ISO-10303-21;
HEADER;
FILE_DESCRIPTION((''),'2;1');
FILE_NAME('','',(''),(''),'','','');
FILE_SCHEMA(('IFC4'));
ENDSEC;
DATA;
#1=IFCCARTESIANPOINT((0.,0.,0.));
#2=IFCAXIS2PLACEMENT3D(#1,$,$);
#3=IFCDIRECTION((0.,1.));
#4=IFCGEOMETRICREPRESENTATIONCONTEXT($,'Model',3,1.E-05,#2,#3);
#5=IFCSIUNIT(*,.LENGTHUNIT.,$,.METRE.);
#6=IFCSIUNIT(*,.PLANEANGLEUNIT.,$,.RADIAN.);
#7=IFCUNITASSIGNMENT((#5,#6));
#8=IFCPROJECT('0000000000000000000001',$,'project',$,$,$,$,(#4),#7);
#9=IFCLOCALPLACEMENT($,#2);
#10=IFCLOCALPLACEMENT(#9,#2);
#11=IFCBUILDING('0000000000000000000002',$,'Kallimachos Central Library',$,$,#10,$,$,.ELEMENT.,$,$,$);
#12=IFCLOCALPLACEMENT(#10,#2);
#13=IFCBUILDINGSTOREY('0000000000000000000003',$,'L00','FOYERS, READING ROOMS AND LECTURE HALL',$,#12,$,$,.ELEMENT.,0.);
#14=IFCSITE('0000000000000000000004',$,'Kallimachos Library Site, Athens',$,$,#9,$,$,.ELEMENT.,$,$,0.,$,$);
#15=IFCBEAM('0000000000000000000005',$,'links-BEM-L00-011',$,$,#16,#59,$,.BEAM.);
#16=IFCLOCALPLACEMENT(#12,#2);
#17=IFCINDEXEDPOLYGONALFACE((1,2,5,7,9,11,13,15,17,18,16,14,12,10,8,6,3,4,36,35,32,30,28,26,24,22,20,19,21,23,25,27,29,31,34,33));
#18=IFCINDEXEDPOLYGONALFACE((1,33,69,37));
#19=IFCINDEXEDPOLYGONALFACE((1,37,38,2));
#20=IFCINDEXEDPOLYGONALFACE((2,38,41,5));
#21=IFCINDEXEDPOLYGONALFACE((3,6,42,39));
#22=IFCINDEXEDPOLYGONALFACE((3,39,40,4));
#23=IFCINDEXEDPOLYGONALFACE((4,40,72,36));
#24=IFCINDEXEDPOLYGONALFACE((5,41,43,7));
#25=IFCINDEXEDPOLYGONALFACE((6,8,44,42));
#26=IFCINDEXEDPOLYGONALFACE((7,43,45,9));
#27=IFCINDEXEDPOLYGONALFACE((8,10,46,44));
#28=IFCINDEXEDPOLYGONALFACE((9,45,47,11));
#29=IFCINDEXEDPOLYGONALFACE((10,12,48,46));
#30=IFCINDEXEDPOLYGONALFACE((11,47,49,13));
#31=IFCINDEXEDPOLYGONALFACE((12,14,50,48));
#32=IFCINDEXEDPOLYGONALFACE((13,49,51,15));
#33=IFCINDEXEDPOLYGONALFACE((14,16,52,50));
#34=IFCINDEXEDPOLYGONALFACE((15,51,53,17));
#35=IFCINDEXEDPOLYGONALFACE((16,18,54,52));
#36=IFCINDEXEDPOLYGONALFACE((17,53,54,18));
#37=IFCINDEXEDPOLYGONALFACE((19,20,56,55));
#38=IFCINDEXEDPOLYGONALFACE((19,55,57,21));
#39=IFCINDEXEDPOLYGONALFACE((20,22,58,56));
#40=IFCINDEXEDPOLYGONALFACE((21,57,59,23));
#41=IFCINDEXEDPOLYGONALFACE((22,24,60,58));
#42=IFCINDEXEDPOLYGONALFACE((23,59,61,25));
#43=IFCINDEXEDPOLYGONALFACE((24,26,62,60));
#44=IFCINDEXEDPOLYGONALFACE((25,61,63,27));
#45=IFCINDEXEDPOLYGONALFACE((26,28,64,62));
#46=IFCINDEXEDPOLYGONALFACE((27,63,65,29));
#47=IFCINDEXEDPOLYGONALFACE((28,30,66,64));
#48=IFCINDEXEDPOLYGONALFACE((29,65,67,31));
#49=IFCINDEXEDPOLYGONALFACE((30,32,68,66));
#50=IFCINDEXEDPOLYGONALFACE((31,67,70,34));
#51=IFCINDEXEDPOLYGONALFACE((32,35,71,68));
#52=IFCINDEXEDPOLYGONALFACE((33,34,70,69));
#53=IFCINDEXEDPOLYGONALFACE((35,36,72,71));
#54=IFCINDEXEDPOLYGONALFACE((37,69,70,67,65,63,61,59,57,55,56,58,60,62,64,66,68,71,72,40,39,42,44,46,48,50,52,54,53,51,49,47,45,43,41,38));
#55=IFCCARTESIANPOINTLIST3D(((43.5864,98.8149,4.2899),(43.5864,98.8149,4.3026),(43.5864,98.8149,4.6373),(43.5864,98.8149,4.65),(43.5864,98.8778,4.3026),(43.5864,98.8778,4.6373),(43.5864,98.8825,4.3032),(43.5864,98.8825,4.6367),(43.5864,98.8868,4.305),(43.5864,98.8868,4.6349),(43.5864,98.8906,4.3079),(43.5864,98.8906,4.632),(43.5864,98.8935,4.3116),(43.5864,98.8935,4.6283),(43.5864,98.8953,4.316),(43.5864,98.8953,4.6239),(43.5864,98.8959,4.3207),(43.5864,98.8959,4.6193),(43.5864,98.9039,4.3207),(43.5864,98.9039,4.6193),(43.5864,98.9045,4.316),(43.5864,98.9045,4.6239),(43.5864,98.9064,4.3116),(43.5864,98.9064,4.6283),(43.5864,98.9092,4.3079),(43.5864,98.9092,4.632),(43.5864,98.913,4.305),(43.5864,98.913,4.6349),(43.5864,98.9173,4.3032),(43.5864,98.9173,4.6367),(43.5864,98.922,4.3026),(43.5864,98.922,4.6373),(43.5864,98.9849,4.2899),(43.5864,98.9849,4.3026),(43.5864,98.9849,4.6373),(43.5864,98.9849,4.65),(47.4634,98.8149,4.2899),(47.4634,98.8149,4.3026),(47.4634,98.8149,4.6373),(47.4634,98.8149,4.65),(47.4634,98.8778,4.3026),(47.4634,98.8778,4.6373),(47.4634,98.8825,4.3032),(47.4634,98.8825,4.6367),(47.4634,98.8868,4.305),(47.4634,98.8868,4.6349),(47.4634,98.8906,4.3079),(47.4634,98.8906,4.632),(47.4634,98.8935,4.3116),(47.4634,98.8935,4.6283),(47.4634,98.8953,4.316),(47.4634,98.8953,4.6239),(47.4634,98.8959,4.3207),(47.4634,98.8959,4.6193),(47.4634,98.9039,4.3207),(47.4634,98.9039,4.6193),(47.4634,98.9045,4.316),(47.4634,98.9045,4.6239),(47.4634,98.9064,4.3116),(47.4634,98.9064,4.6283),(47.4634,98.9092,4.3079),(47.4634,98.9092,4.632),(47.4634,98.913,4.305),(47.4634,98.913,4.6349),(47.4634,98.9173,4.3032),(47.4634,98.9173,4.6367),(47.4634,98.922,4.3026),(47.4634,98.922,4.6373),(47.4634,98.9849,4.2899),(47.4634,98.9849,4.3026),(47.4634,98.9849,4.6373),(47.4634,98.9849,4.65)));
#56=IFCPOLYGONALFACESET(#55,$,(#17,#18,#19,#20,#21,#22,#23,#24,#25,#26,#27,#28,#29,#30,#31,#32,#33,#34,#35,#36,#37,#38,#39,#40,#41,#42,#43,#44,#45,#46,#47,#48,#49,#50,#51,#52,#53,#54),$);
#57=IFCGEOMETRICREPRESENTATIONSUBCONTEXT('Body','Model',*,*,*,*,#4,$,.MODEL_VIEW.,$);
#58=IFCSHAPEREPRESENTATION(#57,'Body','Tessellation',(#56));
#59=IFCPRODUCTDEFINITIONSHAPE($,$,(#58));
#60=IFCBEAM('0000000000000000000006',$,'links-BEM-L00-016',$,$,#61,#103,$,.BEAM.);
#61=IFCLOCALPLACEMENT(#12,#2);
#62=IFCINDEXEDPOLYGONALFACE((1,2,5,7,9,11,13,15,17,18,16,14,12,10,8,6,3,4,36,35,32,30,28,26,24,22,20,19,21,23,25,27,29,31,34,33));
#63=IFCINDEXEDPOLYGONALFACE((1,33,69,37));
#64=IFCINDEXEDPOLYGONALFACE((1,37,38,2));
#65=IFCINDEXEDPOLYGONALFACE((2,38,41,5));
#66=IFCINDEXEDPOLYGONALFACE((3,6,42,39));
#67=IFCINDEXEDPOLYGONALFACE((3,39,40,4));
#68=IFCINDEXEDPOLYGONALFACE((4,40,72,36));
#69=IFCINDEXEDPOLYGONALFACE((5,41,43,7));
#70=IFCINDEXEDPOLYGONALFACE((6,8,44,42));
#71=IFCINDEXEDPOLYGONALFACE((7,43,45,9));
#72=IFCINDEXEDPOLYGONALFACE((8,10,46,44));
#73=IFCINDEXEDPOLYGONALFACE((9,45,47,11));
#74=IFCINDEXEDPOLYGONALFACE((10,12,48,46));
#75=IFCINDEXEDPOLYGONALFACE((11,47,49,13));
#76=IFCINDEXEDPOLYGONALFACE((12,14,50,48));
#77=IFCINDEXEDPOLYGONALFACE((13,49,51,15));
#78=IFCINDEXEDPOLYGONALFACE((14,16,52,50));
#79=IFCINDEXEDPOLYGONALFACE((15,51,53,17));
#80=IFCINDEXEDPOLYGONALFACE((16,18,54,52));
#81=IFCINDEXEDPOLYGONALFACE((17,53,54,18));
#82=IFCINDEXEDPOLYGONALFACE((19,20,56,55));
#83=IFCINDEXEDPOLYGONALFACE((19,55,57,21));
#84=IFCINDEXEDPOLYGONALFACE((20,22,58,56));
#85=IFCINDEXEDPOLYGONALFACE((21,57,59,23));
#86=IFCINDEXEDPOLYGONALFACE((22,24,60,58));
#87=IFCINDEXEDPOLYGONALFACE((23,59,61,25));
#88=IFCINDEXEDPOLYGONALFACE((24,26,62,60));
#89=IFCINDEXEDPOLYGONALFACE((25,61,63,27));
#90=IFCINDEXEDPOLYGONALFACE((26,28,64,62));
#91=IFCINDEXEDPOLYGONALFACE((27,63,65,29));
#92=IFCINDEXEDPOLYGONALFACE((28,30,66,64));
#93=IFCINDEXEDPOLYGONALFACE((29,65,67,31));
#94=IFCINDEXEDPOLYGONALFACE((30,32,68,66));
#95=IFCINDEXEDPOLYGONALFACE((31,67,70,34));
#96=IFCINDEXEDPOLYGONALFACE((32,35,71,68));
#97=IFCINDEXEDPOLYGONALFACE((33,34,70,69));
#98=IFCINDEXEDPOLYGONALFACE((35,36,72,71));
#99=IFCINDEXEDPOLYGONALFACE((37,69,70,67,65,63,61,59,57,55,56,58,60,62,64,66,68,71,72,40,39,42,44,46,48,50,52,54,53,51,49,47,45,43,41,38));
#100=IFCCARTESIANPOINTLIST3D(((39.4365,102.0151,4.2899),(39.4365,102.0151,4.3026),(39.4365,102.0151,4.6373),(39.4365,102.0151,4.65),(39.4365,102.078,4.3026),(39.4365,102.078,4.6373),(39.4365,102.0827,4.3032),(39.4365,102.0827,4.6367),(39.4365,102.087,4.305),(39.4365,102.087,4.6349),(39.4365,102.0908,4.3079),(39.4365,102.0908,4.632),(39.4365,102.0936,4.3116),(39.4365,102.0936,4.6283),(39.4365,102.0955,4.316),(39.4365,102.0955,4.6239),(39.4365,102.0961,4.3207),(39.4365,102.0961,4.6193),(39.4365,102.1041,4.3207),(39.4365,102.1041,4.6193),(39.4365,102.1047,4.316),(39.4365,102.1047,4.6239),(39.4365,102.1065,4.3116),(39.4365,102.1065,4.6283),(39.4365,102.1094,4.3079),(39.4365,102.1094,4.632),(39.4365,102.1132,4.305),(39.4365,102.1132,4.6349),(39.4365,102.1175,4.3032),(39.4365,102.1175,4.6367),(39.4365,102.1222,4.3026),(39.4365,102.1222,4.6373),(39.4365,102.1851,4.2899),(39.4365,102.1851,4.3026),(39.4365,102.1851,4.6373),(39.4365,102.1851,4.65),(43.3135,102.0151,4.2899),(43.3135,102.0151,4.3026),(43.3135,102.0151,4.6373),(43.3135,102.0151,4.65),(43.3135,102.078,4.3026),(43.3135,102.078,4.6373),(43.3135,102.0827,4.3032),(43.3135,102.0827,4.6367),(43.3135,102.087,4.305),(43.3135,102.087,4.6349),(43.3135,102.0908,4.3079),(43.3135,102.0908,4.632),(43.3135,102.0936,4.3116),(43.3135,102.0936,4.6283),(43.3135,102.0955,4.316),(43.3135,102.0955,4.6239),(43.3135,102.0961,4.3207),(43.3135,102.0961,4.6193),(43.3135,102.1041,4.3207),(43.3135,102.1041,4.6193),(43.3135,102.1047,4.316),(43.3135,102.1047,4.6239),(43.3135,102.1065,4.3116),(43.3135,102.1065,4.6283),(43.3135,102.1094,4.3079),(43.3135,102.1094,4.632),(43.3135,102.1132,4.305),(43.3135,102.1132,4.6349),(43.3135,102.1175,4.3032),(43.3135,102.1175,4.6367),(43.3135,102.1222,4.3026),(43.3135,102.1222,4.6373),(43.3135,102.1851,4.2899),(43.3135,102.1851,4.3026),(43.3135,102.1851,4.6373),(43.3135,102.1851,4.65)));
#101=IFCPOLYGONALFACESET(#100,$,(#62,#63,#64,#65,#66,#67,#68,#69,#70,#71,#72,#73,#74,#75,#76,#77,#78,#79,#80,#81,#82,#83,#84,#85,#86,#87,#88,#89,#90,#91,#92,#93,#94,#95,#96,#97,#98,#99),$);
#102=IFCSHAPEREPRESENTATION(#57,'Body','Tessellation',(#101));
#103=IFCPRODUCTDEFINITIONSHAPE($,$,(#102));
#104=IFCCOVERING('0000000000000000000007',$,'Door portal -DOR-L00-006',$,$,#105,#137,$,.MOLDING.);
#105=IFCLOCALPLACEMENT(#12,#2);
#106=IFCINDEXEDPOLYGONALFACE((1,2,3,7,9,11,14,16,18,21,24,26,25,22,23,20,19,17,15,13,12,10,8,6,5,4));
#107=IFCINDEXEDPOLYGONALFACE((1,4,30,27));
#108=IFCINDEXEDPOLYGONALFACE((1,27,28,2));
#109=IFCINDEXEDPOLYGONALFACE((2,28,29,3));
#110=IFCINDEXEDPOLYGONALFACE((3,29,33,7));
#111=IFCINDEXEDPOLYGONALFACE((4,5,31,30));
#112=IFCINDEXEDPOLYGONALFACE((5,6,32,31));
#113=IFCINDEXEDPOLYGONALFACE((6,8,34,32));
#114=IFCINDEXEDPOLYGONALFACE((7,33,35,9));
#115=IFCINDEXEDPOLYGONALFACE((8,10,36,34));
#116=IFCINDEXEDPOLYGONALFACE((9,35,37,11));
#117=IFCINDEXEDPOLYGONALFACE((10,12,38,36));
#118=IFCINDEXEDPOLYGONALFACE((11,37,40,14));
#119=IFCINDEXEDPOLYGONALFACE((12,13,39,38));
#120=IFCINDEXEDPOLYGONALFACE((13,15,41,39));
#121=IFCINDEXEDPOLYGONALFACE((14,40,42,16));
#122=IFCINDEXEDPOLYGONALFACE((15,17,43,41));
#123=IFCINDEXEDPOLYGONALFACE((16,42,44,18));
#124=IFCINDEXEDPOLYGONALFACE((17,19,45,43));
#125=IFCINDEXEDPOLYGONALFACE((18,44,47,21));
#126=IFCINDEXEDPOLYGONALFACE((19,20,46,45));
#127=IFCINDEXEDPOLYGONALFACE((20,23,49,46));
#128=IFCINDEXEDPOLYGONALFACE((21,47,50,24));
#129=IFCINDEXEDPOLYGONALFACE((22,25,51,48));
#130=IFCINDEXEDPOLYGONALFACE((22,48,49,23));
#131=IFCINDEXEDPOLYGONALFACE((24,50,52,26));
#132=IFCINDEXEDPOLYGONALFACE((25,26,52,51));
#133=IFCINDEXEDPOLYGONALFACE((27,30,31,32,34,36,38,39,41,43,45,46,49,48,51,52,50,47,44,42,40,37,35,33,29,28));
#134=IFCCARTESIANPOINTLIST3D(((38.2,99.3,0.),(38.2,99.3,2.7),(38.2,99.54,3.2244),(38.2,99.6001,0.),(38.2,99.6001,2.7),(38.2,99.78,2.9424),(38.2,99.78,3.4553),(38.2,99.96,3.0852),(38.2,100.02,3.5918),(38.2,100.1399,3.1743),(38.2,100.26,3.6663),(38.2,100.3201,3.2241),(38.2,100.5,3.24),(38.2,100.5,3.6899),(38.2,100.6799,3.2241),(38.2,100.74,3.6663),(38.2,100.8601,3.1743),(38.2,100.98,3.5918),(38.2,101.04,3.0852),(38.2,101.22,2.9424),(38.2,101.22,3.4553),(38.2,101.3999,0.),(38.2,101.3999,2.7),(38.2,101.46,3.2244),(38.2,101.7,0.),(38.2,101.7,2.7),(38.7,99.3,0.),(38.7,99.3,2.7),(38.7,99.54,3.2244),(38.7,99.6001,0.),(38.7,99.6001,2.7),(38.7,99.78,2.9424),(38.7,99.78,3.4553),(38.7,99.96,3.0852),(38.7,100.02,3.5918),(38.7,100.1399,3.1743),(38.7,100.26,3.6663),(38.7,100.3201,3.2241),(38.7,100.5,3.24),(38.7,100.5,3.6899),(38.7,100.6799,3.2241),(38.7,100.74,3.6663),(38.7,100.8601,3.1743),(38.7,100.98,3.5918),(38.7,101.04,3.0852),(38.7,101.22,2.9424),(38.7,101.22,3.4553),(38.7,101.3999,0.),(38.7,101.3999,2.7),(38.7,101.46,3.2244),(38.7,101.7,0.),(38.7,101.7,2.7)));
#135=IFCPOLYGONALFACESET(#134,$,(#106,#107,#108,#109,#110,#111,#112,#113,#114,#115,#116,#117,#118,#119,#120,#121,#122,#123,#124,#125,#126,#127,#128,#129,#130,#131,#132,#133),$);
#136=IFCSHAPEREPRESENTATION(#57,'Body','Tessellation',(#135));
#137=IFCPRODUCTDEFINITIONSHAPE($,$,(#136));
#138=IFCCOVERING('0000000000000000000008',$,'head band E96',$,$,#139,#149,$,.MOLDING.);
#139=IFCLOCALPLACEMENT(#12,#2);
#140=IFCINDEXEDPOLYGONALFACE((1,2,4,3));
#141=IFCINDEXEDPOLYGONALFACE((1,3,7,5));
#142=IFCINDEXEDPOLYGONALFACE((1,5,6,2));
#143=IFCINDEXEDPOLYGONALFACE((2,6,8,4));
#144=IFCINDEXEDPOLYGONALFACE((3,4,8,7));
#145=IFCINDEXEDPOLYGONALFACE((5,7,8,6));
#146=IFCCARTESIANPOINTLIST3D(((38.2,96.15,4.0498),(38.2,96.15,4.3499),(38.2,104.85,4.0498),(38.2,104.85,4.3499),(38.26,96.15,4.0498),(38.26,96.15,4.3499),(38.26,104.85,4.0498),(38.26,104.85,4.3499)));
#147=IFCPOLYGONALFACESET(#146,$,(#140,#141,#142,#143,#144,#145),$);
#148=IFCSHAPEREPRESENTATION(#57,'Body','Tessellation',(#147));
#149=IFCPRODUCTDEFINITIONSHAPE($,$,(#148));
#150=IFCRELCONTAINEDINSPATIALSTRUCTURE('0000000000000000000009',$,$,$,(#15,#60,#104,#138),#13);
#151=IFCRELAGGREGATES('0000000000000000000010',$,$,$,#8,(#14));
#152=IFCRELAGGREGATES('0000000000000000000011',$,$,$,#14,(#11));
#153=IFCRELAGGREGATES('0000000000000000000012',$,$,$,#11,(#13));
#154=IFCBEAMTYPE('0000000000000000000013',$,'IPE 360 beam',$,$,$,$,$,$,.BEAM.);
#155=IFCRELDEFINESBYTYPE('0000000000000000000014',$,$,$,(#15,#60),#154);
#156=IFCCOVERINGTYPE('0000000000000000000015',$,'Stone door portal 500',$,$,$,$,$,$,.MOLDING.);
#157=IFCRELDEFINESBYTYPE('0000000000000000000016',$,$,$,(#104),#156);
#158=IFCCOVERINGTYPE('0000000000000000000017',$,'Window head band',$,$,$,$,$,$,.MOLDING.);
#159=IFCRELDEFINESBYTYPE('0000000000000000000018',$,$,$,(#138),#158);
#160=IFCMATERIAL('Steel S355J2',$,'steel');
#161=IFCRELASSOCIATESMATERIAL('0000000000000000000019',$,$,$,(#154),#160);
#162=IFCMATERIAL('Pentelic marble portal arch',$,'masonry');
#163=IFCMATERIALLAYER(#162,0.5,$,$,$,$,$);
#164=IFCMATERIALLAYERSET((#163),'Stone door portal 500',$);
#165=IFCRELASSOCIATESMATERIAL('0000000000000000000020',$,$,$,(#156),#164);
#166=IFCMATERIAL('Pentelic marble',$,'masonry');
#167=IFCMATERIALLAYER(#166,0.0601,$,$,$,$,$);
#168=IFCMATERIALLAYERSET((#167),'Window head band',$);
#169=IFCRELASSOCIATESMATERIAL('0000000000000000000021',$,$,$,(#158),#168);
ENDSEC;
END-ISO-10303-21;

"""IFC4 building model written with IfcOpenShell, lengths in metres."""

from ifc_helpers import new_model, si_unit, direction, frame, origin, origin_2d, place, context, subcontext, project, spatial, polyline, rectangle, i_section, outline, extrude, material, layer, layer_set, material_profile, profile_set, type_object, element, save


model = new_model("IFC4")

# Units and contexts
model_context = context("Model", 3, precision=1e-05, world=origin(), true_north=direction((0.0, 1.0)))
body_context = subcontext(model_context, "Body", "Model", "MODEL_VIEW")
ifc_project = project(units=[si_unit("LENGTHUNIT", "METRE"), si_unit("PLANEANGLEUNIT", "RADIAN")], contexts=[model_context])

# Site, building, storey
site_placement = place(None, origin())
site = spatial("IfcSite", under=ifc_project, at=site_placement, Name="Kallimachos Library Site, Athens", CompositionType="ELEMENT", RefElevation=0.0)
building_placement = place(site_placement, origin())
building = spatial("IfcBuilding", under=site, at=building_placement, Name="Kallimachos Central Library", CompositionType="ELEMENT")
storey_placement = place(building_placement, origin())
storey = spatial("IfcBuildingStorey", under=building, at=storey_placement, Name="L00", Description="FOYERS, READING ROOMS AND LECTURE HALL", CompositionType="ELEMENT", Elevation=0.0)

# Beams
ifc_material_1 = material(Name="Steel S355J2", Category="steel")
ifc_material_profile_1 = material_profile(ifc_material_1, i_section(OverallWidth=0.1699, OverallDepth=0.3601, WebThickness=0.0081, FlangeThickness=0.0127, FilletRadius=0.0181, at=origin_2d()), Name="IPE 360")
ifc_profile_set_1 = profile_set([ifc_material_profile_1], Name="Steel S355J2")
beam_type_1 = type_object("IfcBeamType", Name="IPE 360 beam", PredefinedType="BEAM", material=ifc_profile_set_1)
for number, where, z_axis, x_axis, name in (
    (1, (43.5864, 98.8999, 4.47), (1.0, 0.0, 0.0), (0.0, 1.0, 0.0), "links-BEM-L00-011"),
    (2, (39.4365, 102.1001, 4.47), (1.0, 0.0, 0.0), (0.0, 1.0, 0.0), "links-BEM-L00-016"),
):
    element("IfcBeam", number, at=place(storey_placement, frame(where, z_axis=z_axis, x_axis=x_axis)), inside=storey, type_object=beam_type_1, Name=name, PredefinedType="BEAM", context=body_context, shape_type="SweptSolid", body=[
        extrude(i_section(OverallWidth=0.1699, OverallDepth=0.3601, WebThickness=0.0081, FlangeThickness=0.0127, FilletRadius=0.0181, at=origin_2d()), origin(), (0.0, 0.0, 1.0), 3.877),
    ])

# Coverings
ifc_material_2 = material(Name="Pentelic marble portal arch", Category="masonry")
ifc_layer_1 = layer(ifc_material_2, 0.5)
ifc_layer_set_1 = layer_set([ifc_layer_1], Name="Stone door portal 500")
covering_type_1 = type_object("IfcCoveringType", Name="Stone door portal 500", PredefinedType="MOLDING", material=ifc_layer_set_1)
covering_1_placement = place(storey_placement, frame((38.7, 99.6001, 0.0), z_axis=(1.0, 0.0, 0.0), x_axis=(0.0, 0.0, 1.0)))
element("IfcCovering", 3, at=covering_1_placement, inside=storey, type_object=covering_type_1, Name="Door portal -DOR-L00-006", PredefinedType="MOLDING", context=body_context, shape_type="SweptSolid", body=[
    extrude(outline(polyline([(0.0, 0.0), (2.7, 0.0), (2.9424, -0.1799), (3.0852, -0.3599), (3.1743, -0.5398), (3.2241, -0.72), (3.24, -0.8999), (3.2241, -1.0798), (3.1743, -1.26), (3.0852, -1.4399), (2.9424, -1.6199), (2.7, -1.7998), (0.0, -1.7998), (0.0, -2.0999), (2.7, -2.0999), (3.2244, -1.8599), (3.4553, -1.6199), (3.5918, -1.3799), (3.6663, -1.1399), (3.6899, -0.8999), (3.6663, -0.6599), (3.5918, -0.4199), (3.4553, -0.1799), (3.2244, 0.0601), (2.7, 0.3), (0.0, 0.3), (0.0, 0.0)])), origin(), (0.0, 0.0, -1.0), 0.5),
])
ifc_material_3 = material(Name="Pentelic marble", Category="masonry")
ifc_layer_2 = layer(ifc_material_3, 0.0601)
ifc_layer_set_2 = layer_set([ifc_layer_2], Name="Window head band")
covering_type_2 = type_object("IfcCoveringType", Name="Window head band", PredefinedType="MOLDING", material=ifc_layer_set_2)
covering_2_placement = place(storey_placement, frame((38.23, 100.5, 4.0498), z_axis=(0.0, 0.0, 1.0), x_axis=(1.0, 0.0, 0.0)))
element("IfcCovering", 4, at=covering_2_placement, inside=storey, type_object=covering_type_2, Name="head band E96", PredefinedType="MOLDING", context=body_context, shape_type="SweptSolid", body=[
    extrude(rectangle(XDim=0.0601, YDim=8.7, at=origin_2d()), origin(), (0.0, 0.0, 1.0), 0.3),
])

save(model, "model.ifc")
